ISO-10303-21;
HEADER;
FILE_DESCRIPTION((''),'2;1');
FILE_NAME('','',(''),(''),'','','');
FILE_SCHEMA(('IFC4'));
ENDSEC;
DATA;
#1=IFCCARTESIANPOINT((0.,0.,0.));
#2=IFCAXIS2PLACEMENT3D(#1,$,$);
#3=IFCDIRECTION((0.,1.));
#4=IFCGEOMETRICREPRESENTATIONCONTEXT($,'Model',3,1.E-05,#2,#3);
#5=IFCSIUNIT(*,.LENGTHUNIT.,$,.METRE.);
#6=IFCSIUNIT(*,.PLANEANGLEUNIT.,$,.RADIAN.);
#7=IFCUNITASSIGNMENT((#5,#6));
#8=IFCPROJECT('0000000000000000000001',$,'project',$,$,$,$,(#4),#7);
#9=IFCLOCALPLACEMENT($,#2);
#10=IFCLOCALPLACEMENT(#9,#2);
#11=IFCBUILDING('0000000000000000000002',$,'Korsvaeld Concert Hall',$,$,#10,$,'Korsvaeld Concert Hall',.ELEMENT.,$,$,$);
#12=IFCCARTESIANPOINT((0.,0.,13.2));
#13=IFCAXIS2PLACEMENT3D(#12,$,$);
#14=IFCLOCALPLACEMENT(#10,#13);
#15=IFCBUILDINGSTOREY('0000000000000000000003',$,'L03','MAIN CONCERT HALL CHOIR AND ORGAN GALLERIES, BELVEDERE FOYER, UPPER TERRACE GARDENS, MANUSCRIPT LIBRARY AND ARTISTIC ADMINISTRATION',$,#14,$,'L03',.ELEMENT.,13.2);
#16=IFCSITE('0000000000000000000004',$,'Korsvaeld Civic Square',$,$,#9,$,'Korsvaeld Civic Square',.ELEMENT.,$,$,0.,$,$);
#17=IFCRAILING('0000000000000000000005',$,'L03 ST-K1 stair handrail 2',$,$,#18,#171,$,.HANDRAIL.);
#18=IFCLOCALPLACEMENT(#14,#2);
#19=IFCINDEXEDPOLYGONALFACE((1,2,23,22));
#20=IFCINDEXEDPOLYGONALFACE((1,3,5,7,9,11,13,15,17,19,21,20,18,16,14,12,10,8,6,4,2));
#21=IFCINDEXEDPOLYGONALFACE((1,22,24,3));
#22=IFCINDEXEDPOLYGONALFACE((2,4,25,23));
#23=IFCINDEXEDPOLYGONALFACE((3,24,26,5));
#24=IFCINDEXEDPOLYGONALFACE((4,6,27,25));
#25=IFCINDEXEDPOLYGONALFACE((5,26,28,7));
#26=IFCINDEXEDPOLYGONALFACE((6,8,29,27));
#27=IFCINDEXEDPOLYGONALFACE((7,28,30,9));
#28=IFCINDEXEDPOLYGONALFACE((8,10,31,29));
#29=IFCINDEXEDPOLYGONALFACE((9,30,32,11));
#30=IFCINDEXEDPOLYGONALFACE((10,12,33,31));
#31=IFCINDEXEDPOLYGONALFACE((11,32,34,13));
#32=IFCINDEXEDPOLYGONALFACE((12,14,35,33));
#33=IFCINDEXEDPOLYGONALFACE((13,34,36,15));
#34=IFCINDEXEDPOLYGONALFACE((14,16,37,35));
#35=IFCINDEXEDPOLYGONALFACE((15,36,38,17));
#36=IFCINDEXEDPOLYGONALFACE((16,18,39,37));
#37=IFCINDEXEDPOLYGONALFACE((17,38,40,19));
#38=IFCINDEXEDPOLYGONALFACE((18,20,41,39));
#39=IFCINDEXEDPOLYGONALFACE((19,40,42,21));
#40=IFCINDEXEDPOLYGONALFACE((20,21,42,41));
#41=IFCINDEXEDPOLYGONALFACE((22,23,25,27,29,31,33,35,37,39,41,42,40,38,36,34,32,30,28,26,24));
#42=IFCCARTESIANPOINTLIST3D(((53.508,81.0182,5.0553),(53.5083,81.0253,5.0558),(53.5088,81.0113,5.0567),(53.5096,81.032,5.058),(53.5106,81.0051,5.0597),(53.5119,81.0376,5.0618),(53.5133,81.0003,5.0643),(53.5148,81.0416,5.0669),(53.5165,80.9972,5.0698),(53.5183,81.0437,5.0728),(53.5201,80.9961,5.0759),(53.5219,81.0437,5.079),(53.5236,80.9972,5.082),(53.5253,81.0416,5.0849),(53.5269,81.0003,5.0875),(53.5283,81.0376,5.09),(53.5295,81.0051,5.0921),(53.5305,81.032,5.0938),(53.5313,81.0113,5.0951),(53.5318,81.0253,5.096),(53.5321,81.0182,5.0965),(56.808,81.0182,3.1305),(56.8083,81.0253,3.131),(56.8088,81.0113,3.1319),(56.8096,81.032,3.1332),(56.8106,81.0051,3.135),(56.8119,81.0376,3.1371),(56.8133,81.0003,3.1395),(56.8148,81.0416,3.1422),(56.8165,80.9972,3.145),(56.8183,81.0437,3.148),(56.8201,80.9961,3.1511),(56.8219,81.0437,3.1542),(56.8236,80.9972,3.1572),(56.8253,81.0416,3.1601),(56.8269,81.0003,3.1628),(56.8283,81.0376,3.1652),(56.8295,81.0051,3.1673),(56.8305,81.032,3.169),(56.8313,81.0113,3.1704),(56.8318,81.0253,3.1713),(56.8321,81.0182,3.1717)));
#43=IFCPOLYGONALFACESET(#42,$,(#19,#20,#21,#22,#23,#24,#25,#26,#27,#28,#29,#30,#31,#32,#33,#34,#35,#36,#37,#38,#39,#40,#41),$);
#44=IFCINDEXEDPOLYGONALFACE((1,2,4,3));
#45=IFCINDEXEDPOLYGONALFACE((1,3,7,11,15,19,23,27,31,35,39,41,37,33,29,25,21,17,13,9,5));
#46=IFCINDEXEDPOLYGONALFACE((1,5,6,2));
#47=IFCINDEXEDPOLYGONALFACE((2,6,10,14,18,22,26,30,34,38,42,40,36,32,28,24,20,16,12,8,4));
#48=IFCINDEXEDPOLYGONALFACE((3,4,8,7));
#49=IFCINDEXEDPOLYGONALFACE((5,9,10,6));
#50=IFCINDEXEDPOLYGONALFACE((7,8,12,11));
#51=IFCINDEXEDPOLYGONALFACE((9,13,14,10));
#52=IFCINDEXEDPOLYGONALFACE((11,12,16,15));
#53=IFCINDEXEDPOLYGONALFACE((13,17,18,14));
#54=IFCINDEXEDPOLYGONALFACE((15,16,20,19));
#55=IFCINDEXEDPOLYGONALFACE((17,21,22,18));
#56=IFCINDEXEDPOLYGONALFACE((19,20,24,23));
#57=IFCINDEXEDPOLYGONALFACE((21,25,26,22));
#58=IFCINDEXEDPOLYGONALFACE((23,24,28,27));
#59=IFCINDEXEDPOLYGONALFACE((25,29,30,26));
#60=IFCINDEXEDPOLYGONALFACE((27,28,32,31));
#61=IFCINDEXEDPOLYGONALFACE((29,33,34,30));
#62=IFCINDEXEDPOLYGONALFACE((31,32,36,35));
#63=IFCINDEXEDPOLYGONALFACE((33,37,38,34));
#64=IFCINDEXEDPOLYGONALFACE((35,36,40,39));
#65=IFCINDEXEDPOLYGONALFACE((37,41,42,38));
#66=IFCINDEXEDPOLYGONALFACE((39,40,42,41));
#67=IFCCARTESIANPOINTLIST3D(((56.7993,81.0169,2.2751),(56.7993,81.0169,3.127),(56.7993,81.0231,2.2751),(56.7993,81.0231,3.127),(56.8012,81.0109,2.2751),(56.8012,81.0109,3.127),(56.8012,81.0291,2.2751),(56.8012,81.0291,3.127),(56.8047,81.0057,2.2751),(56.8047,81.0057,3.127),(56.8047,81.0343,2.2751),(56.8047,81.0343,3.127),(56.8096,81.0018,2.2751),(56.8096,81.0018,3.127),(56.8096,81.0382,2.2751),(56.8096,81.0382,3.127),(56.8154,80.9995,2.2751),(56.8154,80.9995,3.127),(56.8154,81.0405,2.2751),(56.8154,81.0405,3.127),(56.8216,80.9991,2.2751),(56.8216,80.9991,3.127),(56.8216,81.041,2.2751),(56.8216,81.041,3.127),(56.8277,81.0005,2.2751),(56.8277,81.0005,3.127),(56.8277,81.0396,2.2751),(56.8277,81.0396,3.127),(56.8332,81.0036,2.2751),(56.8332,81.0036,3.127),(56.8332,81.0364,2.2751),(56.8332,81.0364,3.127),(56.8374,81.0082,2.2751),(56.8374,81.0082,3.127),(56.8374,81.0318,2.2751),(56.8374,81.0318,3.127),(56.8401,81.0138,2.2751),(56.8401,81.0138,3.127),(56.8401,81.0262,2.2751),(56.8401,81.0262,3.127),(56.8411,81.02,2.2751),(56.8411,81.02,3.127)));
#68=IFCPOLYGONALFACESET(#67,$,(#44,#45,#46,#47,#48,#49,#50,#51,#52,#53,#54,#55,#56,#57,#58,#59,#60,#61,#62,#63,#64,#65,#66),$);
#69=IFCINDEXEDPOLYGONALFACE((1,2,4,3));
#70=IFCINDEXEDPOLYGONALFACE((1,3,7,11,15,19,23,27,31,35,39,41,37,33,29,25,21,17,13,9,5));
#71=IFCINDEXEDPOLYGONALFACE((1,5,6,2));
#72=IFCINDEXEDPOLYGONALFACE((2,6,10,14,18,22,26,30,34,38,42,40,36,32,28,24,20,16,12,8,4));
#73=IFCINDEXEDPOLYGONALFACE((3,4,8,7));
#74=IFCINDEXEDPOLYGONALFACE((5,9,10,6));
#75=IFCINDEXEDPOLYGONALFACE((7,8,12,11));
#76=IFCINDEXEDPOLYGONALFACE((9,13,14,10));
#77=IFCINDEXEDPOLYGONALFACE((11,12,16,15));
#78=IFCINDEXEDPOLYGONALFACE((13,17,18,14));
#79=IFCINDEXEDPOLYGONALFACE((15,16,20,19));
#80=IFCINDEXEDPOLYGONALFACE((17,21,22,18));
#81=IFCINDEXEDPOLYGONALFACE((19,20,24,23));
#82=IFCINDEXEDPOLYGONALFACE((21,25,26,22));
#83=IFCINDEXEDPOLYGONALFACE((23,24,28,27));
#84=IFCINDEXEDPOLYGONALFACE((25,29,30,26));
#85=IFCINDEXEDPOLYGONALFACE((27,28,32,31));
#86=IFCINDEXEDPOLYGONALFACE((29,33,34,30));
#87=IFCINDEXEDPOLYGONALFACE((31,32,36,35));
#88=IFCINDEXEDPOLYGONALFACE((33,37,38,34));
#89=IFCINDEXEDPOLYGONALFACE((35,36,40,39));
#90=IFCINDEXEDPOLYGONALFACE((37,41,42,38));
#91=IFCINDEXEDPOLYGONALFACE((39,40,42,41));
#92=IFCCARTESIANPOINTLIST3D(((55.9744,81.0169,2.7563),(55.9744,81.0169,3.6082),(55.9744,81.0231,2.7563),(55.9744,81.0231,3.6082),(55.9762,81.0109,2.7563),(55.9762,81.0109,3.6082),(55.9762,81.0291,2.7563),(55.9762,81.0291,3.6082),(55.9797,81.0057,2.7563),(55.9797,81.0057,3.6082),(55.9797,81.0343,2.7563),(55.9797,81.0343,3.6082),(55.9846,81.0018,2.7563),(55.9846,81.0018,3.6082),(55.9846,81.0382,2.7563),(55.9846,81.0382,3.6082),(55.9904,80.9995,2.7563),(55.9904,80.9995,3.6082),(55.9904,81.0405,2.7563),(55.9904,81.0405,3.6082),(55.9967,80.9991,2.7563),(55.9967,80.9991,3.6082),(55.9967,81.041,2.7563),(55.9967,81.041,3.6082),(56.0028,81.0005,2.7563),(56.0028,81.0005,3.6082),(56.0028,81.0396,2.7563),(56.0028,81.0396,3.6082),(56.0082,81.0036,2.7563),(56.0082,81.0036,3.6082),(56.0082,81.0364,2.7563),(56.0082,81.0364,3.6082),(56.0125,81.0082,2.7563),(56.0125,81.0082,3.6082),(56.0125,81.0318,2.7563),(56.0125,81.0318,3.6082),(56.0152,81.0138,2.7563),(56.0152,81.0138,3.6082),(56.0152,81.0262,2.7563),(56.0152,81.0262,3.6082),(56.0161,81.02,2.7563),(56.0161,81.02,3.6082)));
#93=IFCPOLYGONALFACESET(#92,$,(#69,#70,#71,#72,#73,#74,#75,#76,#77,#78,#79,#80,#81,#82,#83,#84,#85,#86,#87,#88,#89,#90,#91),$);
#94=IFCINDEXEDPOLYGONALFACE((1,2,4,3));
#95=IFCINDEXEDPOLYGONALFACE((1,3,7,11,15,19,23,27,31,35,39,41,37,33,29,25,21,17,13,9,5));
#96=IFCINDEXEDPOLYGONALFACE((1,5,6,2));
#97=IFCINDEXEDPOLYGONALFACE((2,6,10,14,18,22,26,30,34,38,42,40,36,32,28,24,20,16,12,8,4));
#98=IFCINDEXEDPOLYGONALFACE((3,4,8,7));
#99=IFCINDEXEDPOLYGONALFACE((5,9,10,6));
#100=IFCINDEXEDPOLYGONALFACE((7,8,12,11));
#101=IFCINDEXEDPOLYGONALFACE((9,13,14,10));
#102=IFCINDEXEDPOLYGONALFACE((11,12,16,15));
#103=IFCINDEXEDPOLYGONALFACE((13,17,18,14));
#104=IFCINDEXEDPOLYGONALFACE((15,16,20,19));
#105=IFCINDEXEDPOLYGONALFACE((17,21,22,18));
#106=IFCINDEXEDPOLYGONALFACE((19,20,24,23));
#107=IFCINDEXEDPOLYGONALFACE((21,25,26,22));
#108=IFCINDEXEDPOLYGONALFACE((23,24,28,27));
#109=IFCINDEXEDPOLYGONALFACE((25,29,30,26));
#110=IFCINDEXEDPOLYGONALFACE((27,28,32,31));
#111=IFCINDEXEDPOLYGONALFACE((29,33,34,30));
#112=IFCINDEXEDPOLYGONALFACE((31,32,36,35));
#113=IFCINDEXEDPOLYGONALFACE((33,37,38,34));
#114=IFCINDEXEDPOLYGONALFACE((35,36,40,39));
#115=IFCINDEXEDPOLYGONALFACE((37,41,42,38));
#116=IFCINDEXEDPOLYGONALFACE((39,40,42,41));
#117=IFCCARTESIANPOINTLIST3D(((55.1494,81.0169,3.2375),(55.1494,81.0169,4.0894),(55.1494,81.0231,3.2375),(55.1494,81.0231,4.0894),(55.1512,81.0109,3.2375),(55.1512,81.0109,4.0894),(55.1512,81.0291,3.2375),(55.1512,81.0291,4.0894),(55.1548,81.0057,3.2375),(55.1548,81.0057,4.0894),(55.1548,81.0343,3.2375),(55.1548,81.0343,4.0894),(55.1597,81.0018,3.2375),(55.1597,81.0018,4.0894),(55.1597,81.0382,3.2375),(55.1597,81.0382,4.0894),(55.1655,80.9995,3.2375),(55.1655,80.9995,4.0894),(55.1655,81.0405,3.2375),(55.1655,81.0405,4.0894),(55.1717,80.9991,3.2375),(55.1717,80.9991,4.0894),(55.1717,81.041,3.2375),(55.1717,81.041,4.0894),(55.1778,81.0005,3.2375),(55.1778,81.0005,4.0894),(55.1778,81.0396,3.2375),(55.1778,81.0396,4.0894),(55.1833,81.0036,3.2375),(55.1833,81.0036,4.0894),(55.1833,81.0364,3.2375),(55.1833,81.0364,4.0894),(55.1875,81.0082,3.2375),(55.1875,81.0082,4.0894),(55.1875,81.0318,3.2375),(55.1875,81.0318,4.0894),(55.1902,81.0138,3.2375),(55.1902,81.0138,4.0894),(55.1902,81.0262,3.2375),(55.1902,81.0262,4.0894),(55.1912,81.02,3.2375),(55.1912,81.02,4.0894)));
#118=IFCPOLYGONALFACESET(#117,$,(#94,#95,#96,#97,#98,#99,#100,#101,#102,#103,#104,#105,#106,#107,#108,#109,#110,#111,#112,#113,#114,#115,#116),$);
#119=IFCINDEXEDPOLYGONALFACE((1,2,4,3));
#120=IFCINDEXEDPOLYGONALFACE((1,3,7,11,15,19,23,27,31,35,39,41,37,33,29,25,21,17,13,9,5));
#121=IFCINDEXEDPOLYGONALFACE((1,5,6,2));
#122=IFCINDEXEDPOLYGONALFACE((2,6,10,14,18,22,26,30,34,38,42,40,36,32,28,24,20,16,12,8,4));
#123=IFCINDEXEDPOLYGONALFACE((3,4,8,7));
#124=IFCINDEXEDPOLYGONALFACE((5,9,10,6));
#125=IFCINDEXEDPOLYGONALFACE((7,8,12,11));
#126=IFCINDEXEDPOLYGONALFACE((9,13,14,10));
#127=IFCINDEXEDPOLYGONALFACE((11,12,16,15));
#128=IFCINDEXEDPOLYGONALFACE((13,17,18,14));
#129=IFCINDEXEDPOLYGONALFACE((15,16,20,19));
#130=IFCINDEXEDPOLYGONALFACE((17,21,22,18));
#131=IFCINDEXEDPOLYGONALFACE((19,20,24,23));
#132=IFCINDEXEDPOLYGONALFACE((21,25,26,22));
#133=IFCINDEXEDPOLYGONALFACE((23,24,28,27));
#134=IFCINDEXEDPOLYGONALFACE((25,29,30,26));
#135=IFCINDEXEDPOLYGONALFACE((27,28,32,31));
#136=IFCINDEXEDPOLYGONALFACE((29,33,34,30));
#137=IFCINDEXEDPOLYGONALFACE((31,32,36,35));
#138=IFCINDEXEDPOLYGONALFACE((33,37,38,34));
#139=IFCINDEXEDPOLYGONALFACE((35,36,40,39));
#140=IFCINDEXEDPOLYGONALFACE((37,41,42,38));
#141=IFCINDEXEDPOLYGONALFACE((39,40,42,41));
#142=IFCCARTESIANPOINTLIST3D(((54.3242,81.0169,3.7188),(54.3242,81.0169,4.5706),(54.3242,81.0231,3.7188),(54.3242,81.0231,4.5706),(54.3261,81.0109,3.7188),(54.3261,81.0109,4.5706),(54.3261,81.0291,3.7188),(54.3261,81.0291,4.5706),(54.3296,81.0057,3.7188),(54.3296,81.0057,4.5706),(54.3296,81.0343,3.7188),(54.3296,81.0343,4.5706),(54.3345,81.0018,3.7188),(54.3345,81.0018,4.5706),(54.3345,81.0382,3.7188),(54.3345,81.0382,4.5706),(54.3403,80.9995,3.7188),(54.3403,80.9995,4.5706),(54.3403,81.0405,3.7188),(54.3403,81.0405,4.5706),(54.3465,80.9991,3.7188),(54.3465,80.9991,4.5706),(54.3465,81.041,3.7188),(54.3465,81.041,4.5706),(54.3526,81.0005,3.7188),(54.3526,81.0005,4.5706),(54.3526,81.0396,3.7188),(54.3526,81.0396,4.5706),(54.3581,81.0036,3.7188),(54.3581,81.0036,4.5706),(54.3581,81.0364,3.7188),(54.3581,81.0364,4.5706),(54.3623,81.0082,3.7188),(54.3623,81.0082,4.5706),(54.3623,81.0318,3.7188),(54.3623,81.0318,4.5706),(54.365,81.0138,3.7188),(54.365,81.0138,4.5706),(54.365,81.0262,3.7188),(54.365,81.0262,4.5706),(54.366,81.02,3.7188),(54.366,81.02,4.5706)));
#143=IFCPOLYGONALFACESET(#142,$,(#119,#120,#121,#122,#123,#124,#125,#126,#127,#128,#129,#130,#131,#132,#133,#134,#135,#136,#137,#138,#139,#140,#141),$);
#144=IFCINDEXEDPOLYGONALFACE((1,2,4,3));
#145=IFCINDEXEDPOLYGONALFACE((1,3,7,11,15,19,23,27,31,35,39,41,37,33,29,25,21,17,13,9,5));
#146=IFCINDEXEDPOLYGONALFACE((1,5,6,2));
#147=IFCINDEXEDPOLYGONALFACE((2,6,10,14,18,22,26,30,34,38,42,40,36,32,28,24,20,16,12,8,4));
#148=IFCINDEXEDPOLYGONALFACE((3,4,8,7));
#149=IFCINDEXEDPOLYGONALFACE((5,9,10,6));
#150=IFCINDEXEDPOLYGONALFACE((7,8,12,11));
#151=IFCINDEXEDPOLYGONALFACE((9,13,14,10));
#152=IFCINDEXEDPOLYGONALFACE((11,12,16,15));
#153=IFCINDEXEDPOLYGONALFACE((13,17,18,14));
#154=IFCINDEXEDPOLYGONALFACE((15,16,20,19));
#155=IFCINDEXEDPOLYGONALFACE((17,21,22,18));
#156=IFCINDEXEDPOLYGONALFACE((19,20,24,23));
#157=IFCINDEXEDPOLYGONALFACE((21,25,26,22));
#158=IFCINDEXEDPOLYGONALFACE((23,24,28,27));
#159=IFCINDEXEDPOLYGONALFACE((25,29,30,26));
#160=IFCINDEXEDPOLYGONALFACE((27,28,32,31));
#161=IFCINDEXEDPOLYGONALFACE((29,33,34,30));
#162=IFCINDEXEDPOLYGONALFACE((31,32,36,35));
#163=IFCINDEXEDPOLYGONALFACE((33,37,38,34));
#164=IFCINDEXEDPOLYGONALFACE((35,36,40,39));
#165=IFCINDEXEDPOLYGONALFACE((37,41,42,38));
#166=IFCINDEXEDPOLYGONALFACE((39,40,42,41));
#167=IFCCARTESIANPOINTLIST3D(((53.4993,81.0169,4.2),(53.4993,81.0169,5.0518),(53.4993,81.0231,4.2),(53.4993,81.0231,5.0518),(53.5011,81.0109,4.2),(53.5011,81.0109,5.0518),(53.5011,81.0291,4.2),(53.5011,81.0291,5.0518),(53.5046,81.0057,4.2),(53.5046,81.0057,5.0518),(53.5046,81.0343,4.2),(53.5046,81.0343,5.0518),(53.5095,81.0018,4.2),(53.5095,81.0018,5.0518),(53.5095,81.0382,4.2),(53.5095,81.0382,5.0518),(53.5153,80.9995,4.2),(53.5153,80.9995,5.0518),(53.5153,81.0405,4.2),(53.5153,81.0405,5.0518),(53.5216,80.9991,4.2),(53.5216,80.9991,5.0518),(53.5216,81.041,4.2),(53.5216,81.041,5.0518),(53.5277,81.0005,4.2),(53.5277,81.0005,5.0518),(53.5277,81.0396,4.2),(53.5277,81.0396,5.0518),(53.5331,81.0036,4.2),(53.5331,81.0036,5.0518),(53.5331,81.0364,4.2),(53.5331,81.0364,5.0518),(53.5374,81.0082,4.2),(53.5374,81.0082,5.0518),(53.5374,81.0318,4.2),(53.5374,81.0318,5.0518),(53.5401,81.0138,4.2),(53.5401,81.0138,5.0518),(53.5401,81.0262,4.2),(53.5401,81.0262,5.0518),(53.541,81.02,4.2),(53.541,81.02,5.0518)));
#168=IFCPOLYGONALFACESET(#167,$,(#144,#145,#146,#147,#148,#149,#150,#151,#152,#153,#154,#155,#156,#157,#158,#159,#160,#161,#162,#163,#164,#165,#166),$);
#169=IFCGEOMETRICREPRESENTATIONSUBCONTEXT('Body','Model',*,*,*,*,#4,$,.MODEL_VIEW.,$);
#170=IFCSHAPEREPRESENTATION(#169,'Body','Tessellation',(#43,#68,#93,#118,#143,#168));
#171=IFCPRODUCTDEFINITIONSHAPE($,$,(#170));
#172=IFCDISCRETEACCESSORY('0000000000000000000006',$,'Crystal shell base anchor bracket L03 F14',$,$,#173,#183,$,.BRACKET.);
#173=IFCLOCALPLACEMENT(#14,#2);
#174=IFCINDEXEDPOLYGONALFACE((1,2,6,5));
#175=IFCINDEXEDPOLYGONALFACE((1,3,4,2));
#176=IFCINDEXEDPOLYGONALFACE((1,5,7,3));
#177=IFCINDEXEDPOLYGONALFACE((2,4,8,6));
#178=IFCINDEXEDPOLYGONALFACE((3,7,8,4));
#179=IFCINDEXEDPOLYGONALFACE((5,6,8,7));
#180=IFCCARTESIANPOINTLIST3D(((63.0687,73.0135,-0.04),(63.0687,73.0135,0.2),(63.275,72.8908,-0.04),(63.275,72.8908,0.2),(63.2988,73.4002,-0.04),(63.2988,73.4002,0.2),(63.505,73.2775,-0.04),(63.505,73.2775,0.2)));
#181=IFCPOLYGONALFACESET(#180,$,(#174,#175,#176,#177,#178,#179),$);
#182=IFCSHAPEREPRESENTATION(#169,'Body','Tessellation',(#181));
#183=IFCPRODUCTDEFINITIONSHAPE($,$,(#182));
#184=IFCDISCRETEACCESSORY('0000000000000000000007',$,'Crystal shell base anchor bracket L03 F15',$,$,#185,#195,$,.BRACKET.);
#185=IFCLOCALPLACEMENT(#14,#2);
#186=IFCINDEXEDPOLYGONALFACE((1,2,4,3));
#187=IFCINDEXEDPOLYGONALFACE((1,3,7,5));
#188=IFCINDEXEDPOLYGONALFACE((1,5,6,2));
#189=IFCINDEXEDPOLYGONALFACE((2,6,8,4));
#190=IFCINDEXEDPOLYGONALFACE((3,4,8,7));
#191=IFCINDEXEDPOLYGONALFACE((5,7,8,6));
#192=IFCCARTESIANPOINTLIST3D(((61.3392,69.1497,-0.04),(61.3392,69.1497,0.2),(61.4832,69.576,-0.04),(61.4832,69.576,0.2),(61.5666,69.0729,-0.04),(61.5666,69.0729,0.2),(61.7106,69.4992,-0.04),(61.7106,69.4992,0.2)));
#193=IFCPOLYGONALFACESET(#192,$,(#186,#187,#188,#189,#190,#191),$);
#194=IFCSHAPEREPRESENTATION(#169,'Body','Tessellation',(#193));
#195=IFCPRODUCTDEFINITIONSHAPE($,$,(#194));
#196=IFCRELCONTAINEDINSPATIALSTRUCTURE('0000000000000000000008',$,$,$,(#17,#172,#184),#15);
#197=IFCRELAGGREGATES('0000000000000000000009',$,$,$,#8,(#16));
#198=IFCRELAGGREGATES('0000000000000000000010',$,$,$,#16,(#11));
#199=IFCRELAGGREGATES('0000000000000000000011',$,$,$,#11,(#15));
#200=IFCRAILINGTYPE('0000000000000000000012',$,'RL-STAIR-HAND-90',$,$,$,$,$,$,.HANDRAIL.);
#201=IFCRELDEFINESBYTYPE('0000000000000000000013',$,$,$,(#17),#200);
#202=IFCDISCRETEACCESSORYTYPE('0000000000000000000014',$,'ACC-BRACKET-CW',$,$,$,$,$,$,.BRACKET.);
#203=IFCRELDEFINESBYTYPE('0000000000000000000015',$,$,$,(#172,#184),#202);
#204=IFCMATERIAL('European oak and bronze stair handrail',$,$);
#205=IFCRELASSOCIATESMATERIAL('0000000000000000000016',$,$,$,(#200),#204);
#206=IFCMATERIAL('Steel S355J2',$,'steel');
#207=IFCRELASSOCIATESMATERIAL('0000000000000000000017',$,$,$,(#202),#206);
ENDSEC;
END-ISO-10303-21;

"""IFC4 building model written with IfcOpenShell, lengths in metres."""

from ifc_helpers import new_model, si_unit, direction, frame, origin, origin_2d, place, context, subcontext, project, spatial, rectangle, circle, extrude, material, type_object, element, save


model = new_model("IFC4")

# Units and contexts
model_context = context("Model", 3, precision=1e-05, world=origin(), true_north=direction((0.0, 1.0)))
body_context = subcontext(model_context, "Body", "Model", "MODEL_VIEW")
ifc_project = project(units=[si_unit("LENGTHUNIT", "METRE"), si_unit("PLANEANGLEUNIT", "RADIAN")], contexts=[model_context])

# Site, building, storey
site_placement = place(None, origin())
site = spatial("IfcSite", under=ifc_project, at=site_placement, Name="Korsvaeld Civic Square", LongName="Korsvaeld Civic Square", CompositionType="ELEMENT", RefElevation=0.0)
building_placement = place(site_placement, origin())
building = spatial("IfcBuilding", under=site, at=building_placement, Name="Korsvaeld Concert Hall", LongName="Korsvaeld Concert Hall", CompositionType="ELEMENT")
storey_placement = place(building_placement, frame((0.0, 0.0, 13.2)))
storey = spatial("IfcBuildingStorey", under=building, at=storey_placement, Name="L03", Description="MAIN CONCERT HALL CHOIR AND ORGAN GALLERIES, BELVEDERE FOYER, UPPER TERRACE GARDENS, MANUSCRIPT LIBRARY AND ARTISTIC ADMINISTRATION", LongName="L03", CompositionType="ELEMENT", Elevation=13.2)

# Shared definitions
ifc_material_1 = material(Name="Steel S355J2", Category="steel")

# Railing
ifc_material_2 = material(Name="European oak and bronze stair handrail")
railing_type_1 = type_object("IfcRailingType", Name="RL-STAIR-HAND-90", PredefinedType="HANDRAIL", material=ifc_material_2)
railing_1_placement = place(storey_placement, frame((56.8201, 81.02, 2.2751)))
element("IfcRailing", 1, at=railing_1_placement, inside=storey, type_object=railing_type_1, Name="L03 ST-K1 stair handrail 2", PredefinedType="HANDRAIL", context=body_context, shape_type="SweptSolid", body=[
    extrude(circle(Radius=0.0239, at=origin_2d()), frame((0.0, 0.0, 0.876), z_axis=(-0.863804, 0.0, 0.503827), x_axis=(0.0, -1.0, 0.0)), (0.0, 0.0, 1.0), 3.8203),
    extrude(circle(Radius=0.021, at=origin_2d()), origin(), (0.0, 0.0, 1.0), 0.8518),
    extrude(circle(Radius=0.021, at=origin_2d()), frame((-0.825, 0.0, 0.4812)), (0.0, 0.0, 1.0), 0.8518),
    extrude(circle(Radius=0.021, at=origin_2d()), frame((-1.6499, 0.0, 0.9624)), (0.0, 0.0, 1.0), 0.8518),
    extrude(circle(Radius=0.021, at=origin_2d()), frame((-2.4751, 0.0, 1.4436)), (0.0, 0.0, 1.0), 0.8518),
    extrude(circle(Radius=0.021, at=origin_2d()), frame((-3.3, 0.0, 1.9248)), (0.0, 0.0, 1.0), 0.8518),
])

# Discrete accessories
discrete_accessory_type = type_object("IfcDiscreteAccessoryType", Name="ACC-BRACKET-CW", PredefinedType="BRACKET", material=ifc_material_1)
for number, where, z_axis, x_axis, name in (
    (2, (63.2869, 73.1455, -0.04), (0.0, 0.0, 1.0), (-0.511293, -0.859406, 0.0), "Crystal shell base anchor bracket L03 F14"),
    (3, (61.5249, 69.3245, -0.04), (0.0, 0.0, 1.0), (-0.319952, -0.947434, 0.0), "Crystal shell base anchor bracket L03 F15"),
):
    element("IfcDiscreteAccessory", number, at=place(storey_placement, frame(where, z_axis=z_axis, x_axis=x_axis)), inside=storey, type_object=discrete_accessory_type, Name=name, PredefinedType="BRACKET", context=body_context, shape_type="SweptSolid", body=[
        extrude(rectangle(XDim=0.45, YDim=0.24, at=origin_2d()), origin(), (0.0, 0.0, 1.0), 0.24),
    ])

save(model, "model.ifc")
